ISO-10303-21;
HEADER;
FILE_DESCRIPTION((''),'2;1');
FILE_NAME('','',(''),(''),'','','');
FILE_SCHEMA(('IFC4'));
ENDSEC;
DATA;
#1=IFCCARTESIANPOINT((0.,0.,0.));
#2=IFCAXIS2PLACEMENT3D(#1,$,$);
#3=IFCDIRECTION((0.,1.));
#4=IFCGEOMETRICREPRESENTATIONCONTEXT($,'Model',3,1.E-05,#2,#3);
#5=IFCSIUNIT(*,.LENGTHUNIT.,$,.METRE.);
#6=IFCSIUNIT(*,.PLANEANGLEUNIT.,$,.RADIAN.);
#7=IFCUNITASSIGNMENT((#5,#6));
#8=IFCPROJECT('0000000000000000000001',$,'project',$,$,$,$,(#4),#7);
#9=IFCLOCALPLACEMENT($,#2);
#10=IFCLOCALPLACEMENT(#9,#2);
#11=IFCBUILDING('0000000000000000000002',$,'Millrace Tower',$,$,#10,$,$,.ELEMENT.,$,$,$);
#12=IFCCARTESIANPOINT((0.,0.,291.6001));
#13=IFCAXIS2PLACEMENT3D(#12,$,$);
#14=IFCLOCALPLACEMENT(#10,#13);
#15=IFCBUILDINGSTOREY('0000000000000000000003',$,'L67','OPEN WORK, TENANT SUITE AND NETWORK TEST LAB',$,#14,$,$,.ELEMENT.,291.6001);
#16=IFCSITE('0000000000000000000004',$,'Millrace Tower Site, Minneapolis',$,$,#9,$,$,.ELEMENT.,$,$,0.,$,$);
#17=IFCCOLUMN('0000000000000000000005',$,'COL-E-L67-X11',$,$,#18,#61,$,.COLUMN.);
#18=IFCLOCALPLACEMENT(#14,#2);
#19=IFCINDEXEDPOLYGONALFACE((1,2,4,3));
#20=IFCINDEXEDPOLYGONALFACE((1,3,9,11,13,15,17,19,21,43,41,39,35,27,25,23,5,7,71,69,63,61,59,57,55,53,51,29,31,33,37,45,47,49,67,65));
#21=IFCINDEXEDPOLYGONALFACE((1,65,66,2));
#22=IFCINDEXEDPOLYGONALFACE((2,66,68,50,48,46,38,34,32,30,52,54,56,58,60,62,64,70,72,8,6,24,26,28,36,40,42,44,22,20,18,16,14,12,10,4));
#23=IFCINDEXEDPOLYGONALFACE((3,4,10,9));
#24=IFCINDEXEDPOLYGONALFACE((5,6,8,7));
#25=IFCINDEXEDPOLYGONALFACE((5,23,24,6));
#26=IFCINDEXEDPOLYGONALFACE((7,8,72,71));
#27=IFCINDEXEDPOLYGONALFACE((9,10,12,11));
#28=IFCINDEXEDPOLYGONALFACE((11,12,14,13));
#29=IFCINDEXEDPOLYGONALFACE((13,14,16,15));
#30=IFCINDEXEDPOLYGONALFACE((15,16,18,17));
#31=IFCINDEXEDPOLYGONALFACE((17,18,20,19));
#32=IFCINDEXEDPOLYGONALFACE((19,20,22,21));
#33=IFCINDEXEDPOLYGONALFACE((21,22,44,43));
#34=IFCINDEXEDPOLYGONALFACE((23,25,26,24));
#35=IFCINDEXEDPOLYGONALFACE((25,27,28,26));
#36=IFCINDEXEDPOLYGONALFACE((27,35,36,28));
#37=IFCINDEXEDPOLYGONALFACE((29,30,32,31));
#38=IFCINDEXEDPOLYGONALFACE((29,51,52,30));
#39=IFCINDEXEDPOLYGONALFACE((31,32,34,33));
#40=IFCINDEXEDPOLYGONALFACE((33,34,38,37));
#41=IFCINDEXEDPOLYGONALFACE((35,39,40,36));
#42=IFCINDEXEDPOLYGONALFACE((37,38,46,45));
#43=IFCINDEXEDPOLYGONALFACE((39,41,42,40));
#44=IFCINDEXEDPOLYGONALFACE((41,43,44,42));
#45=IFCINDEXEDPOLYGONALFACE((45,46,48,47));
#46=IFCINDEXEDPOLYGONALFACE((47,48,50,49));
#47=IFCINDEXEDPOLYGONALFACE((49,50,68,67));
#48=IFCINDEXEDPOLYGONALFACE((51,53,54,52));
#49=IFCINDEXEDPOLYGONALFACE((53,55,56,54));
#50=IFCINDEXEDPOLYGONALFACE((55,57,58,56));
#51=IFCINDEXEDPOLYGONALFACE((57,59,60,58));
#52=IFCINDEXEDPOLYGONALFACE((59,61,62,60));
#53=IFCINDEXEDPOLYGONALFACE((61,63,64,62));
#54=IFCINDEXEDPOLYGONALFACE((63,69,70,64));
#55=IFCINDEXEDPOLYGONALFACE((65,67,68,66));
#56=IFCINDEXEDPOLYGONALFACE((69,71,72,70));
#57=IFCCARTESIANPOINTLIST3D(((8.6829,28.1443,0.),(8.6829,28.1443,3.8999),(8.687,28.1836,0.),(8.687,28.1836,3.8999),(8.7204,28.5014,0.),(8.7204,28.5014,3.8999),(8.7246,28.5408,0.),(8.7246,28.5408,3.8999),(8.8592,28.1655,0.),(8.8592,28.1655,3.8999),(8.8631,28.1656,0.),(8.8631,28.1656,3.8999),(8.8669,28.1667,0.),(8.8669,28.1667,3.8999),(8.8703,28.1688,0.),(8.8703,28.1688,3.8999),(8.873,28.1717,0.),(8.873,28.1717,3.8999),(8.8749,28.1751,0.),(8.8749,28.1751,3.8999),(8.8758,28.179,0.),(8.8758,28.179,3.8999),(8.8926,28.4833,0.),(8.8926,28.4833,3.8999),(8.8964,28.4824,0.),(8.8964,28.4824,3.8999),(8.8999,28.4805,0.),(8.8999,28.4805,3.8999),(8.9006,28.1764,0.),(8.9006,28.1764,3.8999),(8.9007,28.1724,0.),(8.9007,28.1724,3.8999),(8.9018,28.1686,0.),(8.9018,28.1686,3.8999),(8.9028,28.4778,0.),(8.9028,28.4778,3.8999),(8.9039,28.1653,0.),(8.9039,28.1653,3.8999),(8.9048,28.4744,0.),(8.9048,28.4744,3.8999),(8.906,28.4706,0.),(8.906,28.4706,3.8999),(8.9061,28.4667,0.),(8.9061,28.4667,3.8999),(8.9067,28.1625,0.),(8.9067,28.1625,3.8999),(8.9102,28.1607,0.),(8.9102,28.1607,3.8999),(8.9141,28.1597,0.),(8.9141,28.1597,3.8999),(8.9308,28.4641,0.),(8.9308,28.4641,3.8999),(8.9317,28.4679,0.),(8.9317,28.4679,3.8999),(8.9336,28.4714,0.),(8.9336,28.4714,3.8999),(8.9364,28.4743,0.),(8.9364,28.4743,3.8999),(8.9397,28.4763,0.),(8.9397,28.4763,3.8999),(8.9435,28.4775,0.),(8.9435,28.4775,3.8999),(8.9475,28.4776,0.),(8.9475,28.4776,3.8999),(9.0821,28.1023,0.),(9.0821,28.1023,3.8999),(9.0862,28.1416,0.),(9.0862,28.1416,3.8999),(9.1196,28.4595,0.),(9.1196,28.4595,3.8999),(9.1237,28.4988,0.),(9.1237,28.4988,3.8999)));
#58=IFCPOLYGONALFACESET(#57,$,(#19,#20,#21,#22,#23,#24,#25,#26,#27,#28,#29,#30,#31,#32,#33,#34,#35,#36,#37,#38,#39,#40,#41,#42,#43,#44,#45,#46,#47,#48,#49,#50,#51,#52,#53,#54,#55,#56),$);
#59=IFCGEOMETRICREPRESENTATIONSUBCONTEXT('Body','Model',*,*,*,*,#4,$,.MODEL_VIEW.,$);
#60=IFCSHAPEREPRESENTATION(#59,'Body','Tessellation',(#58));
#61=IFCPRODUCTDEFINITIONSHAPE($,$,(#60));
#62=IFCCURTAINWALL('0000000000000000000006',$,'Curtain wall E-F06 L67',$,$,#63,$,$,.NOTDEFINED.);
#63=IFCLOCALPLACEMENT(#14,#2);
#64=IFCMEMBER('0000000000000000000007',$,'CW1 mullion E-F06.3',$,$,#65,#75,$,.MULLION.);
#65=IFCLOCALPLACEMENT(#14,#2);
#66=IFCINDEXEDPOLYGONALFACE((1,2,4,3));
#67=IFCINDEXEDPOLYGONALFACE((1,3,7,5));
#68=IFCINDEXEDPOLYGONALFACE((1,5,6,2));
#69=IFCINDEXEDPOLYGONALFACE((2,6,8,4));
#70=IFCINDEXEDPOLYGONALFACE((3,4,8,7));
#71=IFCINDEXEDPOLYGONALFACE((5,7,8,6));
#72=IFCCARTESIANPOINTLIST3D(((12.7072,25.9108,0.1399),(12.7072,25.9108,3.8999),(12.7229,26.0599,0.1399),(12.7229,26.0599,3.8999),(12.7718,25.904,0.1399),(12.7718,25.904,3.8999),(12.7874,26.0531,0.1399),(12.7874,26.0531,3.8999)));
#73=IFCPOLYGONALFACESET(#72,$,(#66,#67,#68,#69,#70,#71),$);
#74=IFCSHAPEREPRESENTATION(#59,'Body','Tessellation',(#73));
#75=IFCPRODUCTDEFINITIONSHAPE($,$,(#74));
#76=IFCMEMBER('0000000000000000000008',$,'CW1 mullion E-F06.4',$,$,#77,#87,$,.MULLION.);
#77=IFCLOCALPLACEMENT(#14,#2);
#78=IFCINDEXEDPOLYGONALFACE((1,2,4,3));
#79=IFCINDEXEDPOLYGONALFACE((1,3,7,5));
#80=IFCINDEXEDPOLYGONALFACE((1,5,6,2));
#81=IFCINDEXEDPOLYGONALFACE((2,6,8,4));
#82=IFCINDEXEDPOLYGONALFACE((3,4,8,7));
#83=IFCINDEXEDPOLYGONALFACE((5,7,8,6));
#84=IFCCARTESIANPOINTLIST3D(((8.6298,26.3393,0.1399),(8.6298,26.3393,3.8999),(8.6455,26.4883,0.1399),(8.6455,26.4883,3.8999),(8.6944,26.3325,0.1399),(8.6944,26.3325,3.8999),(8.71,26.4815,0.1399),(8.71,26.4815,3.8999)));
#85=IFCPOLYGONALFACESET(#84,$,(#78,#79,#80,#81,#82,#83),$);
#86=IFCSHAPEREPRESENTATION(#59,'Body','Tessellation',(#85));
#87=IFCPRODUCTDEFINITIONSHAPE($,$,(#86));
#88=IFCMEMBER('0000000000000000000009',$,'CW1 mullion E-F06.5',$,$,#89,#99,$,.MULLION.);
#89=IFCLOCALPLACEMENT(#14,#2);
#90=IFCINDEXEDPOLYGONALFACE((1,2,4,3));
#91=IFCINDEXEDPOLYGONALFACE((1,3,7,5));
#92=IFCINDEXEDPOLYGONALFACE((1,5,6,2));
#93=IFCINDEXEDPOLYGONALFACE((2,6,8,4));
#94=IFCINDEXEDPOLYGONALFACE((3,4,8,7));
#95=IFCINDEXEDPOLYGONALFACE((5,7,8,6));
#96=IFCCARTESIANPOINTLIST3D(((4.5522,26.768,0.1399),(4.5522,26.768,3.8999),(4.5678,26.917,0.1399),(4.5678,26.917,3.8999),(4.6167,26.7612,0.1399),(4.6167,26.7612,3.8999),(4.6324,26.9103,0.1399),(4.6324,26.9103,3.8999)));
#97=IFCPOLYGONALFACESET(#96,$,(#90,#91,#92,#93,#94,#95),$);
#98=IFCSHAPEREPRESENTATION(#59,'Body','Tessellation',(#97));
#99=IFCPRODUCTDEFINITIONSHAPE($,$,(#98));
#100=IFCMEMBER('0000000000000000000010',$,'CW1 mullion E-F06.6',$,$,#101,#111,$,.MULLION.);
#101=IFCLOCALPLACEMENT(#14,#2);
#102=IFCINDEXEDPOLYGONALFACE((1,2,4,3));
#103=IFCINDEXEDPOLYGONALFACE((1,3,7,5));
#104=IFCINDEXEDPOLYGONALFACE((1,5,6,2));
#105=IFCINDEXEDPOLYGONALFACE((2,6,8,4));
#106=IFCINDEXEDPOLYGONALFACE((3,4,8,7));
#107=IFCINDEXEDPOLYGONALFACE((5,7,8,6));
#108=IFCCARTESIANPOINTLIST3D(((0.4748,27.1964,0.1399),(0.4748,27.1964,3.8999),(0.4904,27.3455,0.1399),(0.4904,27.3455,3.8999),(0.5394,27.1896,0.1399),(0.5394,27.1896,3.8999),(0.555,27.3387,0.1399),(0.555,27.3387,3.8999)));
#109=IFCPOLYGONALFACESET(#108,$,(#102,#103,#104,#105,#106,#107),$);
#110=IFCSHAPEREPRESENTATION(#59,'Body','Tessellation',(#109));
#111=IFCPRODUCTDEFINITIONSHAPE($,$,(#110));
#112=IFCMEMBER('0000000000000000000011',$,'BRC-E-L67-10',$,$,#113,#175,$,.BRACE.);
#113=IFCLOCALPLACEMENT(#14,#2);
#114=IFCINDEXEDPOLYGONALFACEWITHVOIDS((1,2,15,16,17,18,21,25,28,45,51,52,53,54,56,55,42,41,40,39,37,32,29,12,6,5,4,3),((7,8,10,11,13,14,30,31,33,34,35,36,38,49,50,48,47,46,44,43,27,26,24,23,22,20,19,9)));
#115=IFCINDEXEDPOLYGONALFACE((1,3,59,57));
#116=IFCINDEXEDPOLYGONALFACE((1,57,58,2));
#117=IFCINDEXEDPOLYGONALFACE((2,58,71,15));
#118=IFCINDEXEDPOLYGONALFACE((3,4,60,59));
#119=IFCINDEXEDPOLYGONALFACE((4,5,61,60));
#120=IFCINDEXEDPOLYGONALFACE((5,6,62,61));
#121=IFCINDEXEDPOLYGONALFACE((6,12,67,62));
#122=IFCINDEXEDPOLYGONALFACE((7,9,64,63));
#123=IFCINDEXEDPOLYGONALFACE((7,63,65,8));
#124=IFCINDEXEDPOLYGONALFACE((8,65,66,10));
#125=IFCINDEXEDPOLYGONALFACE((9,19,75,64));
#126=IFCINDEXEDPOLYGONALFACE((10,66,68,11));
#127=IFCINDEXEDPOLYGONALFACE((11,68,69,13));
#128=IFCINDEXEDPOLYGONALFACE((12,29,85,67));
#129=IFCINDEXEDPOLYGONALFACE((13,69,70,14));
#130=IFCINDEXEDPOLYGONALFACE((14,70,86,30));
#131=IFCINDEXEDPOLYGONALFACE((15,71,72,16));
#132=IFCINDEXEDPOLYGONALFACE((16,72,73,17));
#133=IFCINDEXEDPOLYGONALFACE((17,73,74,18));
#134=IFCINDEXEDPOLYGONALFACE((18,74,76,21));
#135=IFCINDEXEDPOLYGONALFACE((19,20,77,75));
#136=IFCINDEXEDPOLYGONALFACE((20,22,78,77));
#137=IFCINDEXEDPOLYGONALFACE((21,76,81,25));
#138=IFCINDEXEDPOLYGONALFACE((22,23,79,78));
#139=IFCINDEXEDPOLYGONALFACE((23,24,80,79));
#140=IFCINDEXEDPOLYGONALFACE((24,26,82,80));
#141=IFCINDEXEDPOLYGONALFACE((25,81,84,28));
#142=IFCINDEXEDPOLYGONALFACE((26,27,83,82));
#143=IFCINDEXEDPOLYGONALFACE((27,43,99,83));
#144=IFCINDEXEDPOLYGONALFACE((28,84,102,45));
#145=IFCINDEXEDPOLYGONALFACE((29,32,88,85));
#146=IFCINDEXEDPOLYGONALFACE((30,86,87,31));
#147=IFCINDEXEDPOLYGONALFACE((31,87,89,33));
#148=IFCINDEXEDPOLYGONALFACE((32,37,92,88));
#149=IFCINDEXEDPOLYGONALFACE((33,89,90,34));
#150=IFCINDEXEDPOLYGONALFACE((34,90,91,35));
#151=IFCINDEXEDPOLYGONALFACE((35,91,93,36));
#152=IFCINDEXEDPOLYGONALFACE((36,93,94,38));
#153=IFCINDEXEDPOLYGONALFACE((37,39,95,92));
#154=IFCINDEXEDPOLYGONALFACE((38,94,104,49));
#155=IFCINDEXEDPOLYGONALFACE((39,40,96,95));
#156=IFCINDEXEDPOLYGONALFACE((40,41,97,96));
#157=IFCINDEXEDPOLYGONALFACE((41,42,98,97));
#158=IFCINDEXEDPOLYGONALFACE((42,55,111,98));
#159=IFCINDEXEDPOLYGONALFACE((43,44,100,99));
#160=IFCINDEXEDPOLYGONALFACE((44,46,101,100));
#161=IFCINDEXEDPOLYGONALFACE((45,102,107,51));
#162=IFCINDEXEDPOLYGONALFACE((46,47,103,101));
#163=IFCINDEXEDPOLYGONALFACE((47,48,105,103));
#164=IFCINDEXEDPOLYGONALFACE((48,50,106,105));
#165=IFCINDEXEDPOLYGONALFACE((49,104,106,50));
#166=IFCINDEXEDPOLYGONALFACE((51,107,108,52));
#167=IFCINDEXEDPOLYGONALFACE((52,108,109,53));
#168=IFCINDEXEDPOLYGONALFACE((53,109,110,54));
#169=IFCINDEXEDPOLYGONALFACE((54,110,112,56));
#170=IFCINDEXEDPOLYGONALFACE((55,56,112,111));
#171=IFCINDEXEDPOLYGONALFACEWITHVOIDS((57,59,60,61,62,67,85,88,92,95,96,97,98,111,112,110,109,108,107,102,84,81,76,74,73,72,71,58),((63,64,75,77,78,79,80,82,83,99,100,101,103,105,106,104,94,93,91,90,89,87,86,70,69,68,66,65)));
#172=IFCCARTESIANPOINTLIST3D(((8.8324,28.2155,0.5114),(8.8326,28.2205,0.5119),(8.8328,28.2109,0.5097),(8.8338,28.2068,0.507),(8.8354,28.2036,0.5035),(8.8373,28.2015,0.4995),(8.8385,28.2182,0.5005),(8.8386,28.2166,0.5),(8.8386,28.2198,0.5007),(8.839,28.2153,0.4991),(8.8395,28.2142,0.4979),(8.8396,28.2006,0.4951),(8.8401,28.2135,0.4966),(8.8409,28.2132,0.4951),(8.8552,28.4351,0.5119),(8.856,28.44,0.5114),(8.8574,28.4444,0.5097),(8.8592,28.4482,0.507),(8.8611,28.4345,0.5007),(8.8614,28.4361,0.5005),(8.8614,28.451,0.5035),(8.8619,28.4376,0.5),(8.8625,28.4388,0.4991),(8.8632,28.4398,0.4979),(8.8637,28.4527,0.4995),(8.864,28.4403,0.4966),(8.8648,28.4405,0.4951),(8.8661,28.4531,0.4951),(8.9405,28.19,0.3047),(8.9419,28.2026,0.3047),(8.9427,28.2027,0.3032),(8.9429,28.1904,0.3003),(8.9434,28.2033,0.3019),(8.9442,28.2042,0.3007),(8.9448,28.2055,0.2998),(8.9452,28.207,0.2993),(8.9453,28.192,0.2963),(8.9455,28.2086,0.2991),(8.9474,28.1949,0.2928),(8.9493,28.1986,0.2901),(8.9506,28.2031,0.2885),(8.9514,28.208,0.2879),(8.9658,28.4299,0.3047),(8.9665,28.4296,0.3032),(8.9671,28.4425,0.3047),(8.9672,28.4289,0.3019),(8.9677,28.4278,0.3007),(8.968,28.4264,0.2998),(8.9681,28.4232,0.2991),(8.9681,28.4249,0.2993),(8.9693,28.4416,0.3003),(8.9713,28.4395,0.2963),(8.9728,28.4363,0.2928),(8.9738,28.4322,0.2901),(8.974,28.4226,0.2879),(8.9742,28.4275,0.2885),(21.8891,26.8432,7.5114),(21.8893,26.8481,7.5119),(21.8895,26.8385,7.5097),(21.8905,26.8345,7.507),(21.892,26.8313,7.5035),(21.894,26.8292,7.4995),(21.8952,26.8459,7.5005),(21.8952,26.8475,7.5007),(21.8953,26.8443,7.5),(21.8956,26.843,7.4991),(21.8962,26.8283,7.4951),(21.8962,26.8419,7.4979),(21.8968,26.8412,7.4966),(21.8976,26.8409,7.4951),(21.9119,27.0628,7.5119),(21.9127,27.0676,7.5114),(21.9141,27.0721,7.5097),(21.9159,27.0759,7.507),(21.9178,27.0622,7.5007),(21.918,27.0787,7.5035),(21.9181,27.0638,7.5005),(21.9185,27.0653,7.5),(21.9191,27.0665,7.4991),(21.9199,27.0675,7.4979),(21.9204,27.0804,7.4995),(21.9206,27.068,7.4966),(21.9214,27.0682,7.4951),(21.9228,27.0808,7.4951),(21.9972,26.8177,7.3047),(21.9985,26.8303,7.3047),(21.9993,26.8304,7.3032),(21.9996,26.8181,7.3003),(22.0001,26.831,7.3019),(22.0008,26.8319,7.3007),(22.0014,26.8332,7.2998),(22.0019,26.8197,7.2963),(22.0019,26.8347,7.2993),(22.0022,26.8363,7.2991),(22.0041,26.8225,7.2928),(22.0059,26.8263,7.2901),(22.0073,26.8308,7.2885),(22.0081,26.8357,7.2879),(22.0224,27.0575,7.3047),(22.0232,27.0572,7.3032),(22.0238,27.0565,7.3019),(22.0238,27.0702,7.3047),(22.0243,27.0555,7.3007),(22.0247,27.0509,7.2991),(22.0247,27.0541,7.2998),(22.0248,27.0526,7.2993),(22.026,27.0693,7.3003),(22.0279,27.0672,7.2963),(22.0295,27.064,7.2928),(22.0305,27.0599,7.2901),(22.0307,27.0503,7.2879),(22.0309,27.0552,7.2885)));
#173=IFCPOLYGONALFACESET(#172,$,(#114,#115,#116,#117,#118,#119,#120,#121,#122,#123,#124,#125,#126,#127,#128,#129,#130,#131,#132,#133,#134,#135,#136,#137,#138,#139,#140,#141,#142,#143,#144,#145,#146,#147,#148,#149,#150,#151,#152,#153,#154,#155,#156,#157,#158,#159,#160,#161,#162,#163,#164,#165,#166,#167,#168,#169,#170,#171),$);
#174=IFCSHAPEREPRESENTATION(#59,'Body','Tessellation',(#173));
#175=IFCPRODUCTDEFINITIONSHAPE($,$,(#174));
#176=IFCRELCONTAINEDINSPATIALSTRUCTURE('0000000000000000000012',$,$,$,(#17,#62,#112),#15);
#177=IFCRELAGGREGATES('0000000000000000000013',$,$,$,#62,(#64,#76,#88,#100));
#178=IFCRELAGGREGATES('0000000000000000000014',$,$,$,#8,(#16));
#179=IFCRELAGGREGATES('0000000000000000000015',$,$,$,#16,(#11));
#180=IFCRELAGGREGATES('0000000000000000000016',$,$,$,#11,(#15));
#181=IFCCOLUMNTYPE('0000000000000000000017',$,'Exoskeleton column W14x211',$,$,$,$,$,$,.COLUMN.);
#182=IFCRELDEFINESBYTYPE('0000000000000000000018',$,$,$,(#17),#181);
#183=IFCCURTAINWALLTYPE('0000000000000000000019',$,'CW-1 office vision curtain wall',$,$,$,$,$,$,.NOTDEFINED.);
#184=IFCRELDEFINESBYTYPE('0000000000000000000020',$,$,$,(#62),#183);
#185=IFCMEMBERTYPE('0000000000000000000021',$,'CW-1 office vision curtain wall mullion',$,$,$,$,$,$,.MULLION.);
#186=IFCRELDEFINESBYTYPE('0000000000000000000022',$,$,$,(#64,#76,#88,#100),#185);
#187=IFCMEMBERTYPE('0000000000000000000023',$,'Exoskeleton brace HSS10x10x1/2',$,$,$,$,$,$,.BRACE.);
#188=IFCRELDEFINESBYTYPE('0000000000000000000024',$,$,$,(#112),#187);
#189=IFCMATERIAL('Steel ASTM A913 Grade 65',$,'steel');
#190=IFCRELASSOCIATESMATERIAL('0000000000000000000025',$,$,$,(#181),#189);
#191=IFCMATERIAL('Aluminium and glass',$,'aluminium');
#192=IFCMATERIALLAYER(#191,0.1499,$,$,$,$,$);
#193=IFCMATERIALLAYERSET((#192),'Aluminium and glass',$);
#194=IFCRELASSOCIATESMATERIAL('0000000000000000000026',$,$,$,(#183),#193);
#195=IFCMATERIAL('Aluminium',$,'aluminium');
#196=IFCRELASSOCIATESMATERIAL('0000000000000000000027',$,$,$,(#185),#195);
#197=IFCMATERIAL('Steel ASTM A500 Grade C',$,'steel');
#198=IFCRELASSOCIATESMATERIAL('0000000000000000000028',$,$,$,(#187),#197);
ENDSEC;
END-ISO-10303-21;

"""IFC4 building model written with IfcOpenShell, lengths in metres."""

from ifc_helpers import new_model, si_unit, direction, frame, origin, origin_2d, place, context, subcontext, project, spatial, rectangle, hollow_rectangle, i_section, extrude, material, layer, layer_set, material_profile, profile_set, type_object, element, aggregate, save


model = new_model("IFC4")

# Units and contexts
model_context = context("Model", 3, precision=1e-05, world=origin(), true_north=direction((0.0, 1.0)))
body_context = subcontext(model_context, "Body", "Model", "MODEL_VIEW")
ifc_project = project(units=[si_unit("LENGTHUNIT", "METRE"), si_unit("PLANEANGLEUNIT", "RADIAN")], contexts=[model_context])

# Site, building, storey
site_placement = place(None, origin())
site = spatial("IfcSite", under=ifc_project, at=site_placement, Name="Millrace Tower Site, Minneapolis", CompositionType="ELEMENT", RefElevation=0.0)
building_placement = place(site_placement, origin())
building = spatial("IfcBuilding", under=site, at=building_placement, Name="Millrace Tower", CompositionType="ELEMENT")
storey_placement = place(building_placement, frame((0.0, 0.0, 291.6001)))
storey = spatial("IfcBuildingStorey", under=building, at=storey_placement, Name="L67", Description="OPEN WORK, TENANT SUITE AND NETWORK TEST LAB", CompositionType="ELEMENT", Elevation=291.6001)

# Column
ifc_material_1 = material(Name="Steel ASTM A913 Grade 65", Category="steel")
ifc_material_profile_1 = material_profile(ifc_material_1, i_section(OverallWidth=0.4014, OverallDepth=0.3987, WebThickness=0.0249, FlangeThickness=0.0396, FilletRadius=0.0151, at=origin_2d()))
ifc_profile_set_1 = profile_set([ifc_material_profile_1], Name="Steel ASTM A913 Grade 65")
column_type = type_object("IfcColumnType", Name="Exoskeleton column W14x211", PredefinedType="COLUMN", material=ifc_profile_set_1)
column_placement = place(storey_placement, frame((8.9033, 28.3215, 0.0), z_axis=(0.0, 0.0, 1.0), x_axis=(-0.994522, 0.104528, 0.0)))
element("IfcColumn", 1, at=column_placement, inside=storey, type_object=column_type, Name="COL-E-L67-X11", PredefinedType="COLUMN", context=body_context, shape_type="SweptSolid", body=[
    extrude(i_section(OverallWidth=0.4014, OverallDepth=0.3987, WebThickness=0.0249, FlangeThickness=0.0396, FilletRadius=0.0151, at=origin_2d()), origin(), (0.0, 0.0, 1.0), 3.8999),
])

# Curtain wall, members
ifc_material_2 = material(Name="Aluminium and glass", Category="aluminium")
ifc_layer_1 = layer(ifc_material_2, 0.1499)
ifc_layer_set_1 = layer_set([ifc_layer_1], Name="Aluminium and glass")
curtain_wall_type = type_object("IfcCurtainWallType", Name="CW-1 office vision curtain wall", PredefinedType="NOTDEFINED", material=ifc_layer_set_1)
curtain_wall_placement = place(storey_placement, origin())
curtain_wall = element("IfcCurtainWall", 2, at=curtain_wall_placement, inside=storey, type_object=curtain_wall_type, Name="Curtain wall E-F06 L67", PredefinedType="NOTDEFINED")
ifc_material_3 = material(Name="Aluminium", Category="aluminium")
ifc_material_profile_2 = material_profile(ifc_material_3, rectangle(XDim=0.0649, YDim=0.1499, at=origin_2d()))
ifc_profile_set_2 = profile_set([ifc_material_profile_2], Name="Aluminium")
member_type_1 = type_object("IfcMemberType", Name="CW-1 office vision curtain wall mullion", PredefinedType="MULLION", material=ifc_profile_set_2)
member_1_placement = place(storey_placement, frame((12.7473, 25.9819, 0.1399), z_axis=(0.0, 0.0, 1.0), x_axis=(-0.994522, 0.104528, 0.0)))
member_1 = element("IfcMember", 3, at=member_1_placement, type_object=member_type_1, Name="CW1 mullion E-F06.3", PredefinedType="MULLION", context=body_context, shape_type="SweptSolid", body=[
    extrude(rectangle(XDim=0.0649, YDim=0.1499, at=origin_2d()), origin(), (0.0, 0.0, 1.0), 3.76),
])
member_2_placement = place(storey_placement, frame((8.6699, 26.4104, 0.1399), z_axis=(0.0, 0.0, 1.0), x_axis=(-0.994522, 0.104528, 0.0)))
member_2 = element("IfcMember", 4, at=member_2_placement, type_object=member_type_1, Name="CW1 mullion E-F06.4", PredefinedType="MULLION", context=body_context, shape_type="SweptSolid", body=[
    extrude(rectangle(XDim=0.0649, YDim=0.1499, at=origin_2d()), origin(), (0.0, 0.0, 1.0), 3.76),
])
member_3_placement = place(storey_placement, frame((4.5923, 26.8391, 0.1399), z_axis=(0.0, 0.0, 1.0), x_axis=(-0.994522, 0.104528, 0.0)))
member_3 = element("IfcMember", 5, at=member_3_placement, type_object=member_type_1, Name="CW1 mullion E-F06.5", PredefinedType="MULLION", context=body_context, shape_type="SweptSolid", body=[
    extrude(rectangle(XDim=0.0649, YDim=0.1499, at=origin_2d()), origin(), (0.0, 0.0, 1.0), 3.76),
])
member_4_placement = place(storey_placement, frame((0.5149, 27.2676, 0.1399), z_axis=(0.0, 0.0, 1.0), x_axis=(-0.994522, 0.104528, 0.0)))
member_4 = element("IfcMember", 6, at=member_4_placement, type_object=member_type_1, Name="CW1 mullion E-F06.6", PredefinedType="MULLION", context=body_context, shape_type="SweptSolid", body=[
    extrude(rectangle(XDim=0.0649, YDim=0.1499, at=origin_2d()), origin(), (0.0, 0.0, 1.0), 3.76),
])
aggregate(curtain_wall, [member_1, member_2, member_3, member_4])

# Member
ifc_material_4 = material(Name="Steel ASTM A500 Grade C", Category="steel")
ifc_material_profile_3 = material_profile(ifc_material_4, hollow_rectangle(XDim=0.2539, YDim=0.2539, WallThickness=0.0127, InnerFilletRadius=0.0063, OuterFilletRadius=0.019, at=origin_2d()))
ifc_profile_set_3 = profile_set([ifc_material_profile_3], Name="Steel ASTM A500 Grade C")
member_type_2 = type_object("IfcMemberType", Name="Exoskeleton brace HSS10x10x1/2", PredefinedType="BRACE", material=ifc_profile_set_3)
member_5_placement = place(storey_placement, frame((8.9033, 28.3215, 0.3999), z_axis=(0.877572, -0.092237, 0.470489), x_axis=(0.104529, 0.994522, 0.0)))
element("IfcMember", 7, at=member_5_placement, inside=storey, type_object=member_type_2, Name="BRC-E-L67-10", PredefinedType="BRACE", context=body_context, shape_type="SweptSolid", body=[
    extrude(hollow_rectangle(XDim=0.2539, YDim=0.2539, WallThickness=0.0127, InnerFilletRadius=0.0063, OuterFilletRadius=0.019, at=origin_2d()), origin(), (0.0, 0.0, 1.0), 14.8782),
])

save(model, "model.ifc")
